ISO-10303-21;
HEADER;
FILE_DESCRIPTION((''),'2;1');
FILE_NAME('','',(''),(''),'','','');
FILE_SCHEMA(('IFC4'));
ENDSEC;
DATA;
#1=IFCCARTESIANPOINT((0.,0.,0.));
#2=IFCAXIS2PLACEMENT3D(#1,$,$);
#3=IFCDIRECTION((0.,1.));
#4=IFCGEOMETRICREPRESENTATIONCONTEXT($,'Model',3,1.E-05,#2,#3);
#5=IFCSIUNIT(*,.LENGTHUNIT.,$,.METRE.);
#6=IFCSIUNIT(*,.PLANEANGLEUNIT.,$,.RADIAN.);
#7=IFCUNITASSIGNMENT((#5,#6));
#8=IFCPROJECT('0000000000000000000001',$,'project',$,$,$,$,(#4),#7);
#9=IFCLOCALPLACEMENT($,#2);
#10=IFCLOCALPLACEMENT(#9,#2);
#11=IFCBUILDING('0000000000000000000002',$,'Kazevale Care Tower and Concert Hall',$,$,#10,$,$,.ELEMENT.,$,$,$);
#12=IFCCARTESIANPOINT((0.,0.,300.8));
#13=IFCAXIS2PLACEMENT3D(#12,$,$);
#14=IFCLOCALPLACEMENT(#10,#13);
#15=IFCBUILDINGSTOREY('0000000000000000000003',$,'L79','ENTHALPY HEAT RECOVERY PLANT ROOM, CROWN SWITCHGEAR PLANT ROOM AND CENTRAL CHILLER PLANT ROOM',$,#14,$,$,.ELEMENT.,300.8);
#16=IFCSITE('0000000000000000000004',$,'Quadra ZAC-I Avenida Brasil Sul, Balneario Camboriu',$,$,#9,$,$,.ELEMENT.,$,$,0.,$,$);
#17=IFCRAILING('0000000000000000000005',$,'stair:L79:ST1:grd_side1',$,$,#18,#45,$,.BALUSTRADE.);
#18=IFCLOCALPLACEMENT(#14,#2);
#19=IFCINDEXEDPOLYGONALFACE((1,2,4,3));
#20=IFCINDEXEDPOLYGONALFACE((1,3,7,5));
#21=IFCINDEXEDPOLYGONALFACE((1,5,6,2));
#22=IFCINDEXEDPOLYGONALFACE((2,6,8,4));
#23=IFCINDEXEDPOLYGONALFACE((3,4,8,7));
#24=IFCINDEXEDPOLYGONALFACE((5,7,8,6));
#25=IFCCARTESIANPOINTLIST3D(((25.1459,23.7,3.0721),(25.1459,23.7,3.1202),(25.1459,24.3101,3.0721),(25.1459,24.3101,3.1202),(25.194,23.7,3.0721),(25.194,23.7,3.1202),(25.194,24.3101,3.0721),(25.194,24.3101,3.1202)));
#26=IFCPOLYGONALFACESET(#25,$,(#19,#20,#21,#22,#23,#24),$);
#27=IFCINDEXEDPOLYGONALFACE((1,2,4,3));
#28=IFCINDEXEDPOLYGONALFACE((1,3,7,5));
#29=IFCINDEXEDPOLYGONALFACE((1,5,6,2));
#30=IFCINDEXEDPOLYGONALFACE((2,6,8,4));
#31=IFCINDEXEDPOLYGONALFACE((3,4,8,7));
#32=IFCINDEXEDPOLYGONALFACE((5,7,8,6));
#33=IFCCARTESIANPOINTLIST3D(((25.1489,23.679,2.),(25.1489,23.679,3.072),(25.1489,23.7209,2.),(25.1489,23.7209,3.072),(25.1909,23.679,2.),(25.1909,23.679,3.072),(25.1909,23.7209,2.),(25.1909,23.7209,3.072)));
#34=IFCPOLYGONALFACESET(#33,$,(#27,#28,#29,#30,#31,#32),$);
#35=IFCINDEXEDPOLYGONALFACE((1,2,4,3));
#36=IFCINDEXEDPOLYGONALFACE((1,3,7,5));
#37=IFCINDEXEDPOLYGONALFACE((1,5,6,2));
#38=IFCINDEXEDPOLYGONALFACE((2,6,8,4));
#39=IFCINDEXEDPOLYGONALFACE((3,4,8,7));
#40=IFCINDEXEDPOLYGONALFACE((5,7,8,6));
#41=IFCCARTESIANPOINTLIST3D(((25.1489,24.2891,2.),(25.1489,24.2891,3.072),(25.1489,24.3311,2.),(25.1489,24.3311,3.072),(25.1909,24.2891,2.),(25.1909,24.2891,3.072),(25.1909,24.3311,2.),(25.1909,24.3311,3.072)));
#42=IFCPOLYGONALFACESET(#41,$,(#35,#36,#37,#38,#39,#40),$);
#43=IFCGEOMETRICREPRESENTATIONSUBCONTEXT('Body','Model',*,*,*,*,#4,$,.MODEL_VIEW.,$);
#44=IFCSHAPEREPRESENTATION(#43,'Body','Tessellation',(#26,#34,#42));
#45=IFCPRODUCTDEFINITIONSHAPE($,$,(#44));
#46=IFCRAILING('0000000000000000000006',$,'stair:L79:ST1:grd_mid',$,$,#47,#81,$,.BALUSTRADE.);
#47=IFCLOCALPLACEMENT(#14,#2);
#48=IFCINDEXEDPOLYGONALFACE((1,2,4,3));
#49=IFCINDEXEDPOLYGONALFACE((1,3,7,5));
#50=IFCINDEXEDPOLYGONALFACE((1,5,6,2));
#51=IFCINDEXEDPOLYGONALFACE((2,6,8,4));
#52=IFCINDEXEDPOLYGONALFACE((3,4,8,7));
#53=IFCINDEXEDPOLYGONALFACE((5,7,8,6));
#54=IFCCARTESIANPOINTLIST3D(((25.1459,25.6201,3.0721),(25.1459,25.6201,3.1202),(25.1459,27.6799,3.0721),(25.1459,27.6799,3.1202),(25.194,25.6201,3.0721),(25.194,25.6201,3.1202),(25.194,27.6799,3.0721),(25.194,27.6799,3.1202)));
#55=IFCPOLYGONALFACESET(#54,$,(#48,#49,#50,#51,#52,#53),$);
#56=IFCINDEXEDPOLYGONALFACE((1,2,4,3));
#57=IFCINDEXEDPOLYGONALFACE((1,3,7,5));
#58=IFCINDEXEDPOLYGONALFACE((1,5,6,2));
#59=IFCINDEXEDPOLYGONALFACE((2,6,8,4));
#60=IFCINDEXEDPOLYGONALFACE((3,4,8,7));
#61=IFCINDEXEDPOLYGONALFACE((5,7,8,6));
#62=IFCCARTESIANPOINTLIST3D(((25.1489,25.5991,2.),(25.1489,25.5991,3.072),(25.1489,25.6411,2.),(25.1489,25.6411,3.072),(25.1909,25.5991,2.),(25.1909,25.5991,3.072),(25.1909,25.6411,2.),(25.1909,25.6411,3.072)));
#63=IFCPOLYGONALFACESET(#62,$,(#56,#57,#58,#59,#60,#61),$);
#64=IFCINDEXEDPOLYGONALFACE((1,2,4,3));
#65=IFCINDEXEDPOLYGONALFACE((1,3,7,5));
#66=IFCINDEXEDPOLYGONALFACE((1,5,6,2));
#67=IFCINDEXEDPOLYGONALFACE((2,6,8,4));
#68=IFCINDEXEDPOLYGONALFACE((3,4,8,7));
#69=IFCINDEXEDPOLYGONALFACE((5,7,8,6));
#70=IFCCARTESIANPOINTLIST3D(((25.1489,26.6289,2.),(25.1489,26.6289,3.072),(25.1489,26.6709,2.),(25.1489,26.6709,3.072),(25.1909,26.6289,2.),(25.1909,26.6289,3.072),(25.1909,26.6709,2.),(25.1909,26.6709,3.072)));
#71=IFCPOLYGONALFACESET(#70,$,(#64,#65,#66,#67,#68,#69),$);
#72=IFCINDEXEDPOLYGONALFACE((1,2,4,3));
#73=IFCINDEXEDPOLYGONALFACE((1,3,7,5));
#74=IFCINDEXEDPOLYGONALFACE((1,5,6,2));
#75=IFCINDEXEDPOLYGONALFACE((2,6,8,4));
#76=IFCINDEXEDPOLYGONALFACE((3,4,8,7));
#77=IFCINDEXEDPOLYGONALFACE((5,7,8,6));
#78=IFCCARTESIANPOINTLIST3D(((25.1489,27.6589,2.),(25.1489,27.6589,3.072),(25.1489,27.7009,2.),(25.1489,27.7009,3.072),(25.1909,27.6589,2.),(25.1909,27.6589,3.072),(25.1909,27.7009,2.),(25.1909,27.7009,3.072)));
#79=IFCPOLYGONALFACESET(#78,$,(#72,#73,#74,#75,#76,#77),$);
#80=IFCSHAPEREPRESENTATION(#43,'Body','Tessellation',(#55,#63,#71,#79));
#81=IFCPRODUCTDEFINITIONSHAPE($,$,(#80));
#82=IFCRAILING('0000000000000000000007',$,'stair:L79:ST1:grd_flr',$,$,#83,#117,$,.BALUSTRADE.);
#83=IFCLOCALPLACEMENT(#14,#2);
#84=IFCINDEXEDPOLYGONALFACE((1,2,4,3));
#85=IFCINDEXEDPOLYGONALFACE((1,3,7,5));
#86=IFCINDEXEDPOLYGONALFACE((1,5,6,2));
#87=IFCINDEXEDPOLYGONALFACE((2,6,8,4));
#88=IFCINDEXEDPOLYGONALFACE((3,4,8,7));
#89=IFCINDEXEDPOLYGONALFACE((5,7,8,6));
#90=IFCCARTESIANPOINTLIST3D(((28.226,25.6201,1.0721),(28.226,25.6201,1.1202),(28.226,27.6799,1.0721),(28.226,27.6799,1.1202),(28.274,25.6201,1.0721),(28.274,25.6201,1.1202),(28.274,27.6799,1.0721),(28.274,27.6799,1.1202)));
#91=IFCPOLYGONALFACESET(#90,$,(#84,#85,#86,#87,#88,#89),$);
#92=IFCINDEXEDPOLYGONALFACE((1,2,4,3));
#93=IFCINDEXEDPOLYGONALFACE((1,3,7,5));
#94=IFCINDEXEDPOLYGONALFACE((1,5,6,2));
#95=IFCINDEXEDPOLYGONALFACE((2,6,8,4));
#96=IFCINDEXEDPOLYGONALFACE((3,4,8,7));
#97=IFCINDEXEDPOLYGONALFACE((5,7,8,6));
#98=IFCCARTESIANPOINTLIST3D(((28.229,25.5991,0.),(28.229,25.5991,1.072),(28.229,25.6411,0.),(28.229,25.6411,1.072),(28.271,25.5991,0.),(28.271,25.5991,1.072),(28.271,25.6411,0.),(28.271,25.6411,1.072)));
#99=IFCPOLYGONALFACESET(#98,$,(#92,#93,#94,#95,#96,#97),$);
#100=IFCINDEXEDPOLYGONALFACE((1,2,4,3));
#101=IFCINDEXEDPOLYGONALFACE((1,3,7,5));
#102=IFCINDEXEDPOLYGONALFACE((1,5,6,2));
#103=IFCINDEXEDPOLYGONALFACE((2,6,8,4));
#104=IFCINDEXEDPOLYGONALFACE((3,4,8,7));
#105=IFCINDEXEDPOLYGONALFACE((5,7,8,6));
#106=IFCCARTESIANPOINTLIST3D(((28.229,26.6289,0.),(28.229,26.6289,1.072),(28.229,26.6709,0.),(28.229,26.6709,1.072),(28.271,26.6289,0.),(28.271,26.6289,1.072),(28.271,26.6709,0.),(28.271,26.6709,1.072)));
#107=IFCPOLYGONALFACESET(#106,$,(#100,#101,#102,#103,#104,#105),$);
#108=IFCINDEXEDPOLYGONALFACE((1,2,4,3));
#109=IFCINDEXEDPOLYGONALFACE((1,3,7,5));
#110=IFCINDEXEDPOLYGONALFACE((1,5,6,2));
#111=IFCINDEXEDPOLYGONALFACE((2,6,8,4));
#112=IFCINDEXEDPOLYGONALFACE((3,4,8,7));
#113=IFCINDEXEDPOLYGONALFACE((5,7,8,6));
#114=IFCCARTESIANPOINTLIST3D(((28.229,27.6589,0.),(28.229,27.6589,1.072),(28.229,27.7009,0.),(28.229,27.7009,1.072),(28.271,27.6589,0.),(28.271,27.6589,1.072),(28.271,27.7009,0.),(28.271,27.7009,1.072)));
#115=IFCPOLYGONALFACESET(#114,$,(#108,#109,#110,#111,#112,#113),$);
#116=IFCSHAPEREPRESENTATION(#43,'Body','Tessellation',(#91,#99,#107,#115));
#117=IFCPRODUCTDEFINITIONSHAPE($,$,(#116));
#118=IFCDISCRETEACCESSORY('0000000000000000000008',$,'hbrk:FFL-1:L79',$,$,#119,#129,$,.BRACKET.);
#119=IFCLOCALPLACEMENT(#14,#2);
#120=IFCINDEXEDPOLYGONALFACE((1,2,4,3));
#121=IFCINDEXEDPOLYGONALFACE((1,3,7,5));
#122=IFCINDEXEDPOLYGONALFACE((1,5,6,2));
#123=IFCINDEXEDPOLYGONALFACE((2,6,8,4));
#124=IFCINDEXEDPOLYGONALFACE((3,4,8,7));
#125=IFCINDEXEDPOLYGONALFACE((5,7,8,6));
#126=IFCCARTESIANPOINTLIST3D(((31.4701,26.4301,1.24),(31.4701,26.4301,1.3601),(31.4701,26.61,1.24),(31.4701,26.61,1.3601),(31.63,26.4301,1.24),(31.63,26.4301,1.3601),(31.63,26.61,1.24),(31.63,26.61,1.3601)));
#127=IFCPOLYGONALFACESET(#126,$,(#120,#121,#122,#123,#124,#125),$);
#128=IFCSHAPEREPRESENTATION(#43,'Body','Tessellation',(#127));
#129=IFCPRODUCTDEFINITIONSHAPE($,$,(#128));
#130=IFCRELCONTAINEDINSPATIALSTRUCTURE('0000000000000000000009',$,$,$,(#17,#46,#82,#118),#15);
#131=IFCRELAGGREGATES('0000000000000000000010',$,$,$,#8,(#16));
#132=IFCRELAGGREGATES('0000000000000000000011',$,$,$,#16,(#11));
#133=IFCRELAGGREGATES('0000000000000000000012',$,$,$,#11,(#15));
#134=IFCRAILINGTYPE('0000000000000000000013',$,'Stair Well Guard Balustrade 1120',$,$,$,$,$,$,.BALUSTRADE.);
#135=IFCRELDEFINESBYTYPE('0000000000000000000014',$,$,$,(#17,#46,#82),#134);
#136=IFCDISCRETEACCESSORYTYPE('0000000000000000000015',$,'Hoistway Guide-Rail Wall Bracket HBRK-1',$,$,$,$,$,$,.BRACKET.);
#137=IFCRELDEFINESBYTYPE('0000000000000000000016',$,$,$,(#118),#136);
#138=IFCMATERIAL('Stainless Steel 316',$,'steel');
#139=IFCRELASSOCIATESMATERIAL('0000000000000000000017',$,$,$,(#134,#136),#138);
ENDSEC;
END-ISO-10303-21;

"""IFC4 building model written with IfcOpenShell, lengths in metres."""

from ifc_helpers import new_model, si_unit, direction, frame, origin, origin_2d, place, context, subcontext, project, spatial, rectangle, extrude, material, type_object, element, save


model = new_model("IFC4")

# Units and contexts
model_context = context("Model", 3, precision=1e-05, world=origin(), true_north=direction((0.0, 1.0)))
body_context = subcontext(model_context, "Body", "Model", "MODEL_VIEW")
ifc_project = project(units=[si_unit("LENGTHUNIT", "METRE"), si_unit("PLANEANGLEUNIT", "RADIAN")], contexts=[model_context])

# Site, building, storey
site_placement = place(None, origin())
site = spatial("IfcSite", under=ifc_project, at=site_placement, Name="Quadra ZAC-I Avenida Brasil Sul, Balneario Camboriu", CompositionType="ELEMENT", RefElevation=0.0)
building_placement = place(site_placement, origin())
building = spatial("IfcBuilding", under=site, at=building_placement, Name="Kazevale Care Tower and Concert Hall", CompositionType="ELEMENT")
storey_placement = place(building_placement, frame((0.0, 0.0, 300.8)))
storey = spatial("IfcBuildingStorey", under=building, at=storey_placement, Name="L79", Description="ENTHALPY HEAT RECOVERY PLANT ROOM, CROWN SWITCHGEAR PLANT ROOM AND CENTRAL CHILLER PLANT ROOM", CompositionType="ELEMENT", Elevation=300.8)

# Railings
ifc_material_1 = material(Name="Stainless Steel 316", Category="steel")
railing_type_1 = type_object("IfcRailingType", Name="Stair Well Guard Balustrade 1120", PredefinedType="BALUSTRADE", material=ifc_material_1)
railing_1_placement = place(storey_placement, frame((25.1699, 23.7, 2.0)))
element("IfcRailing", 1, at=railing_1_placement, inside=storey, type_object=railing_type_1, Name="stair:L79:ST1:grd_side1", PredefinedType="BALUSTRADE", context=body_context, shape_type="SweptSolid", body=[
    extrude(rectangle(XDim=0.0481, YDim=0.0481, at=origin_2d()), frame((0.0, 0.0, 1.0962), z_axis=(0.0, 1.0, 0.0), x_axis=(-1.0, 0.0, 0.0)), (0.0, 0.0, 1.0), 0.6101),
    extrude(rectangle(XDim=0.042, YDim=0.042, at=origin_2d()), origin(), (0.0, 0.0, 1.0), 1.072),
    extrude(rectangle(XDim=0.042, YDim=0.042, at=origin_2d()), frame((0.0, 0.6101, 0.0)), (0.0, 0.0, 1.0), 1.072),
])
for number, where, name in (
    (2, (25.1699, 25.6201, 2.0), "stair:L79:ST1:grd_mid"),
    (3, (28.25, 25.6201, 0.0), "stair:L79:ST1:grd_flr"),
):
    element("IfcRailing", number, at=place(storey_placement, frame(where)), inside=storey, type_object=railing_type_1, Name=name, PredefinedType="BALUSTRADE", context=body_context, shape_type="SweptSolid", body=[
        extrude(rectangle(XDim=0.0481, YDim=0.0481, at=origin_2d()), frame((0.0, 0.0, 1.0962), z_axis=(0.0, 1.0, 0.0), x_axis=(-1.0, 0.0, 0.0)), (0.0, 0.0, 1.0), 2.0598),
        extrude(rectangle(XDim=0.042, YDim=0.042, at=origin_2d()), origin(), (0.0, 0.0, 1.0), 1.072),
        extrude(rectangle(XDim=0.042, YDim=0.042, at=origin_2d()), frame((0.0, 1.0298, 0.0)), (0.0, 0.0, 1.0), 1.072),
        extrude(rectangle(XDim=0.042, YDim=0.042, at=origin_2d()), frame((0.0, 2.0598, 0.0)), (0.0, 0.0, 1.0), 1.072),
    ])

# Discrete accessory
discrete_accessory_type = type_object("IfcDiscreteAccessoryType", Name="Hoistway Guide-Rail Wall Bracket HBRK-1", PredefinedType="BRACKET", material=ifc_material_1)
discrete_accessory_placement = place(storey_placement, frame((31.55, 26.52, 1.24), z_axis=(0.0, 0.0, 1.0), x_axis=(1.0, 0.0, 0.0)))
element("IfcDiscreteAccessory", 4, at=discrete_accessory_placement, inside=storey, type_object=discrete_accessory_type, Name="hbrk:FFL-1:L79", PredefinedType="BRACKET", context=body_context, shape_type="SweptSolid", body=[
    extrude(rectangle(XDim=0.1599, YDim=0.1799, at=origin_2d()), origin(), (0.0, 0.0, 1.0), 0.1201),
])

save(model, "model.ifc")
